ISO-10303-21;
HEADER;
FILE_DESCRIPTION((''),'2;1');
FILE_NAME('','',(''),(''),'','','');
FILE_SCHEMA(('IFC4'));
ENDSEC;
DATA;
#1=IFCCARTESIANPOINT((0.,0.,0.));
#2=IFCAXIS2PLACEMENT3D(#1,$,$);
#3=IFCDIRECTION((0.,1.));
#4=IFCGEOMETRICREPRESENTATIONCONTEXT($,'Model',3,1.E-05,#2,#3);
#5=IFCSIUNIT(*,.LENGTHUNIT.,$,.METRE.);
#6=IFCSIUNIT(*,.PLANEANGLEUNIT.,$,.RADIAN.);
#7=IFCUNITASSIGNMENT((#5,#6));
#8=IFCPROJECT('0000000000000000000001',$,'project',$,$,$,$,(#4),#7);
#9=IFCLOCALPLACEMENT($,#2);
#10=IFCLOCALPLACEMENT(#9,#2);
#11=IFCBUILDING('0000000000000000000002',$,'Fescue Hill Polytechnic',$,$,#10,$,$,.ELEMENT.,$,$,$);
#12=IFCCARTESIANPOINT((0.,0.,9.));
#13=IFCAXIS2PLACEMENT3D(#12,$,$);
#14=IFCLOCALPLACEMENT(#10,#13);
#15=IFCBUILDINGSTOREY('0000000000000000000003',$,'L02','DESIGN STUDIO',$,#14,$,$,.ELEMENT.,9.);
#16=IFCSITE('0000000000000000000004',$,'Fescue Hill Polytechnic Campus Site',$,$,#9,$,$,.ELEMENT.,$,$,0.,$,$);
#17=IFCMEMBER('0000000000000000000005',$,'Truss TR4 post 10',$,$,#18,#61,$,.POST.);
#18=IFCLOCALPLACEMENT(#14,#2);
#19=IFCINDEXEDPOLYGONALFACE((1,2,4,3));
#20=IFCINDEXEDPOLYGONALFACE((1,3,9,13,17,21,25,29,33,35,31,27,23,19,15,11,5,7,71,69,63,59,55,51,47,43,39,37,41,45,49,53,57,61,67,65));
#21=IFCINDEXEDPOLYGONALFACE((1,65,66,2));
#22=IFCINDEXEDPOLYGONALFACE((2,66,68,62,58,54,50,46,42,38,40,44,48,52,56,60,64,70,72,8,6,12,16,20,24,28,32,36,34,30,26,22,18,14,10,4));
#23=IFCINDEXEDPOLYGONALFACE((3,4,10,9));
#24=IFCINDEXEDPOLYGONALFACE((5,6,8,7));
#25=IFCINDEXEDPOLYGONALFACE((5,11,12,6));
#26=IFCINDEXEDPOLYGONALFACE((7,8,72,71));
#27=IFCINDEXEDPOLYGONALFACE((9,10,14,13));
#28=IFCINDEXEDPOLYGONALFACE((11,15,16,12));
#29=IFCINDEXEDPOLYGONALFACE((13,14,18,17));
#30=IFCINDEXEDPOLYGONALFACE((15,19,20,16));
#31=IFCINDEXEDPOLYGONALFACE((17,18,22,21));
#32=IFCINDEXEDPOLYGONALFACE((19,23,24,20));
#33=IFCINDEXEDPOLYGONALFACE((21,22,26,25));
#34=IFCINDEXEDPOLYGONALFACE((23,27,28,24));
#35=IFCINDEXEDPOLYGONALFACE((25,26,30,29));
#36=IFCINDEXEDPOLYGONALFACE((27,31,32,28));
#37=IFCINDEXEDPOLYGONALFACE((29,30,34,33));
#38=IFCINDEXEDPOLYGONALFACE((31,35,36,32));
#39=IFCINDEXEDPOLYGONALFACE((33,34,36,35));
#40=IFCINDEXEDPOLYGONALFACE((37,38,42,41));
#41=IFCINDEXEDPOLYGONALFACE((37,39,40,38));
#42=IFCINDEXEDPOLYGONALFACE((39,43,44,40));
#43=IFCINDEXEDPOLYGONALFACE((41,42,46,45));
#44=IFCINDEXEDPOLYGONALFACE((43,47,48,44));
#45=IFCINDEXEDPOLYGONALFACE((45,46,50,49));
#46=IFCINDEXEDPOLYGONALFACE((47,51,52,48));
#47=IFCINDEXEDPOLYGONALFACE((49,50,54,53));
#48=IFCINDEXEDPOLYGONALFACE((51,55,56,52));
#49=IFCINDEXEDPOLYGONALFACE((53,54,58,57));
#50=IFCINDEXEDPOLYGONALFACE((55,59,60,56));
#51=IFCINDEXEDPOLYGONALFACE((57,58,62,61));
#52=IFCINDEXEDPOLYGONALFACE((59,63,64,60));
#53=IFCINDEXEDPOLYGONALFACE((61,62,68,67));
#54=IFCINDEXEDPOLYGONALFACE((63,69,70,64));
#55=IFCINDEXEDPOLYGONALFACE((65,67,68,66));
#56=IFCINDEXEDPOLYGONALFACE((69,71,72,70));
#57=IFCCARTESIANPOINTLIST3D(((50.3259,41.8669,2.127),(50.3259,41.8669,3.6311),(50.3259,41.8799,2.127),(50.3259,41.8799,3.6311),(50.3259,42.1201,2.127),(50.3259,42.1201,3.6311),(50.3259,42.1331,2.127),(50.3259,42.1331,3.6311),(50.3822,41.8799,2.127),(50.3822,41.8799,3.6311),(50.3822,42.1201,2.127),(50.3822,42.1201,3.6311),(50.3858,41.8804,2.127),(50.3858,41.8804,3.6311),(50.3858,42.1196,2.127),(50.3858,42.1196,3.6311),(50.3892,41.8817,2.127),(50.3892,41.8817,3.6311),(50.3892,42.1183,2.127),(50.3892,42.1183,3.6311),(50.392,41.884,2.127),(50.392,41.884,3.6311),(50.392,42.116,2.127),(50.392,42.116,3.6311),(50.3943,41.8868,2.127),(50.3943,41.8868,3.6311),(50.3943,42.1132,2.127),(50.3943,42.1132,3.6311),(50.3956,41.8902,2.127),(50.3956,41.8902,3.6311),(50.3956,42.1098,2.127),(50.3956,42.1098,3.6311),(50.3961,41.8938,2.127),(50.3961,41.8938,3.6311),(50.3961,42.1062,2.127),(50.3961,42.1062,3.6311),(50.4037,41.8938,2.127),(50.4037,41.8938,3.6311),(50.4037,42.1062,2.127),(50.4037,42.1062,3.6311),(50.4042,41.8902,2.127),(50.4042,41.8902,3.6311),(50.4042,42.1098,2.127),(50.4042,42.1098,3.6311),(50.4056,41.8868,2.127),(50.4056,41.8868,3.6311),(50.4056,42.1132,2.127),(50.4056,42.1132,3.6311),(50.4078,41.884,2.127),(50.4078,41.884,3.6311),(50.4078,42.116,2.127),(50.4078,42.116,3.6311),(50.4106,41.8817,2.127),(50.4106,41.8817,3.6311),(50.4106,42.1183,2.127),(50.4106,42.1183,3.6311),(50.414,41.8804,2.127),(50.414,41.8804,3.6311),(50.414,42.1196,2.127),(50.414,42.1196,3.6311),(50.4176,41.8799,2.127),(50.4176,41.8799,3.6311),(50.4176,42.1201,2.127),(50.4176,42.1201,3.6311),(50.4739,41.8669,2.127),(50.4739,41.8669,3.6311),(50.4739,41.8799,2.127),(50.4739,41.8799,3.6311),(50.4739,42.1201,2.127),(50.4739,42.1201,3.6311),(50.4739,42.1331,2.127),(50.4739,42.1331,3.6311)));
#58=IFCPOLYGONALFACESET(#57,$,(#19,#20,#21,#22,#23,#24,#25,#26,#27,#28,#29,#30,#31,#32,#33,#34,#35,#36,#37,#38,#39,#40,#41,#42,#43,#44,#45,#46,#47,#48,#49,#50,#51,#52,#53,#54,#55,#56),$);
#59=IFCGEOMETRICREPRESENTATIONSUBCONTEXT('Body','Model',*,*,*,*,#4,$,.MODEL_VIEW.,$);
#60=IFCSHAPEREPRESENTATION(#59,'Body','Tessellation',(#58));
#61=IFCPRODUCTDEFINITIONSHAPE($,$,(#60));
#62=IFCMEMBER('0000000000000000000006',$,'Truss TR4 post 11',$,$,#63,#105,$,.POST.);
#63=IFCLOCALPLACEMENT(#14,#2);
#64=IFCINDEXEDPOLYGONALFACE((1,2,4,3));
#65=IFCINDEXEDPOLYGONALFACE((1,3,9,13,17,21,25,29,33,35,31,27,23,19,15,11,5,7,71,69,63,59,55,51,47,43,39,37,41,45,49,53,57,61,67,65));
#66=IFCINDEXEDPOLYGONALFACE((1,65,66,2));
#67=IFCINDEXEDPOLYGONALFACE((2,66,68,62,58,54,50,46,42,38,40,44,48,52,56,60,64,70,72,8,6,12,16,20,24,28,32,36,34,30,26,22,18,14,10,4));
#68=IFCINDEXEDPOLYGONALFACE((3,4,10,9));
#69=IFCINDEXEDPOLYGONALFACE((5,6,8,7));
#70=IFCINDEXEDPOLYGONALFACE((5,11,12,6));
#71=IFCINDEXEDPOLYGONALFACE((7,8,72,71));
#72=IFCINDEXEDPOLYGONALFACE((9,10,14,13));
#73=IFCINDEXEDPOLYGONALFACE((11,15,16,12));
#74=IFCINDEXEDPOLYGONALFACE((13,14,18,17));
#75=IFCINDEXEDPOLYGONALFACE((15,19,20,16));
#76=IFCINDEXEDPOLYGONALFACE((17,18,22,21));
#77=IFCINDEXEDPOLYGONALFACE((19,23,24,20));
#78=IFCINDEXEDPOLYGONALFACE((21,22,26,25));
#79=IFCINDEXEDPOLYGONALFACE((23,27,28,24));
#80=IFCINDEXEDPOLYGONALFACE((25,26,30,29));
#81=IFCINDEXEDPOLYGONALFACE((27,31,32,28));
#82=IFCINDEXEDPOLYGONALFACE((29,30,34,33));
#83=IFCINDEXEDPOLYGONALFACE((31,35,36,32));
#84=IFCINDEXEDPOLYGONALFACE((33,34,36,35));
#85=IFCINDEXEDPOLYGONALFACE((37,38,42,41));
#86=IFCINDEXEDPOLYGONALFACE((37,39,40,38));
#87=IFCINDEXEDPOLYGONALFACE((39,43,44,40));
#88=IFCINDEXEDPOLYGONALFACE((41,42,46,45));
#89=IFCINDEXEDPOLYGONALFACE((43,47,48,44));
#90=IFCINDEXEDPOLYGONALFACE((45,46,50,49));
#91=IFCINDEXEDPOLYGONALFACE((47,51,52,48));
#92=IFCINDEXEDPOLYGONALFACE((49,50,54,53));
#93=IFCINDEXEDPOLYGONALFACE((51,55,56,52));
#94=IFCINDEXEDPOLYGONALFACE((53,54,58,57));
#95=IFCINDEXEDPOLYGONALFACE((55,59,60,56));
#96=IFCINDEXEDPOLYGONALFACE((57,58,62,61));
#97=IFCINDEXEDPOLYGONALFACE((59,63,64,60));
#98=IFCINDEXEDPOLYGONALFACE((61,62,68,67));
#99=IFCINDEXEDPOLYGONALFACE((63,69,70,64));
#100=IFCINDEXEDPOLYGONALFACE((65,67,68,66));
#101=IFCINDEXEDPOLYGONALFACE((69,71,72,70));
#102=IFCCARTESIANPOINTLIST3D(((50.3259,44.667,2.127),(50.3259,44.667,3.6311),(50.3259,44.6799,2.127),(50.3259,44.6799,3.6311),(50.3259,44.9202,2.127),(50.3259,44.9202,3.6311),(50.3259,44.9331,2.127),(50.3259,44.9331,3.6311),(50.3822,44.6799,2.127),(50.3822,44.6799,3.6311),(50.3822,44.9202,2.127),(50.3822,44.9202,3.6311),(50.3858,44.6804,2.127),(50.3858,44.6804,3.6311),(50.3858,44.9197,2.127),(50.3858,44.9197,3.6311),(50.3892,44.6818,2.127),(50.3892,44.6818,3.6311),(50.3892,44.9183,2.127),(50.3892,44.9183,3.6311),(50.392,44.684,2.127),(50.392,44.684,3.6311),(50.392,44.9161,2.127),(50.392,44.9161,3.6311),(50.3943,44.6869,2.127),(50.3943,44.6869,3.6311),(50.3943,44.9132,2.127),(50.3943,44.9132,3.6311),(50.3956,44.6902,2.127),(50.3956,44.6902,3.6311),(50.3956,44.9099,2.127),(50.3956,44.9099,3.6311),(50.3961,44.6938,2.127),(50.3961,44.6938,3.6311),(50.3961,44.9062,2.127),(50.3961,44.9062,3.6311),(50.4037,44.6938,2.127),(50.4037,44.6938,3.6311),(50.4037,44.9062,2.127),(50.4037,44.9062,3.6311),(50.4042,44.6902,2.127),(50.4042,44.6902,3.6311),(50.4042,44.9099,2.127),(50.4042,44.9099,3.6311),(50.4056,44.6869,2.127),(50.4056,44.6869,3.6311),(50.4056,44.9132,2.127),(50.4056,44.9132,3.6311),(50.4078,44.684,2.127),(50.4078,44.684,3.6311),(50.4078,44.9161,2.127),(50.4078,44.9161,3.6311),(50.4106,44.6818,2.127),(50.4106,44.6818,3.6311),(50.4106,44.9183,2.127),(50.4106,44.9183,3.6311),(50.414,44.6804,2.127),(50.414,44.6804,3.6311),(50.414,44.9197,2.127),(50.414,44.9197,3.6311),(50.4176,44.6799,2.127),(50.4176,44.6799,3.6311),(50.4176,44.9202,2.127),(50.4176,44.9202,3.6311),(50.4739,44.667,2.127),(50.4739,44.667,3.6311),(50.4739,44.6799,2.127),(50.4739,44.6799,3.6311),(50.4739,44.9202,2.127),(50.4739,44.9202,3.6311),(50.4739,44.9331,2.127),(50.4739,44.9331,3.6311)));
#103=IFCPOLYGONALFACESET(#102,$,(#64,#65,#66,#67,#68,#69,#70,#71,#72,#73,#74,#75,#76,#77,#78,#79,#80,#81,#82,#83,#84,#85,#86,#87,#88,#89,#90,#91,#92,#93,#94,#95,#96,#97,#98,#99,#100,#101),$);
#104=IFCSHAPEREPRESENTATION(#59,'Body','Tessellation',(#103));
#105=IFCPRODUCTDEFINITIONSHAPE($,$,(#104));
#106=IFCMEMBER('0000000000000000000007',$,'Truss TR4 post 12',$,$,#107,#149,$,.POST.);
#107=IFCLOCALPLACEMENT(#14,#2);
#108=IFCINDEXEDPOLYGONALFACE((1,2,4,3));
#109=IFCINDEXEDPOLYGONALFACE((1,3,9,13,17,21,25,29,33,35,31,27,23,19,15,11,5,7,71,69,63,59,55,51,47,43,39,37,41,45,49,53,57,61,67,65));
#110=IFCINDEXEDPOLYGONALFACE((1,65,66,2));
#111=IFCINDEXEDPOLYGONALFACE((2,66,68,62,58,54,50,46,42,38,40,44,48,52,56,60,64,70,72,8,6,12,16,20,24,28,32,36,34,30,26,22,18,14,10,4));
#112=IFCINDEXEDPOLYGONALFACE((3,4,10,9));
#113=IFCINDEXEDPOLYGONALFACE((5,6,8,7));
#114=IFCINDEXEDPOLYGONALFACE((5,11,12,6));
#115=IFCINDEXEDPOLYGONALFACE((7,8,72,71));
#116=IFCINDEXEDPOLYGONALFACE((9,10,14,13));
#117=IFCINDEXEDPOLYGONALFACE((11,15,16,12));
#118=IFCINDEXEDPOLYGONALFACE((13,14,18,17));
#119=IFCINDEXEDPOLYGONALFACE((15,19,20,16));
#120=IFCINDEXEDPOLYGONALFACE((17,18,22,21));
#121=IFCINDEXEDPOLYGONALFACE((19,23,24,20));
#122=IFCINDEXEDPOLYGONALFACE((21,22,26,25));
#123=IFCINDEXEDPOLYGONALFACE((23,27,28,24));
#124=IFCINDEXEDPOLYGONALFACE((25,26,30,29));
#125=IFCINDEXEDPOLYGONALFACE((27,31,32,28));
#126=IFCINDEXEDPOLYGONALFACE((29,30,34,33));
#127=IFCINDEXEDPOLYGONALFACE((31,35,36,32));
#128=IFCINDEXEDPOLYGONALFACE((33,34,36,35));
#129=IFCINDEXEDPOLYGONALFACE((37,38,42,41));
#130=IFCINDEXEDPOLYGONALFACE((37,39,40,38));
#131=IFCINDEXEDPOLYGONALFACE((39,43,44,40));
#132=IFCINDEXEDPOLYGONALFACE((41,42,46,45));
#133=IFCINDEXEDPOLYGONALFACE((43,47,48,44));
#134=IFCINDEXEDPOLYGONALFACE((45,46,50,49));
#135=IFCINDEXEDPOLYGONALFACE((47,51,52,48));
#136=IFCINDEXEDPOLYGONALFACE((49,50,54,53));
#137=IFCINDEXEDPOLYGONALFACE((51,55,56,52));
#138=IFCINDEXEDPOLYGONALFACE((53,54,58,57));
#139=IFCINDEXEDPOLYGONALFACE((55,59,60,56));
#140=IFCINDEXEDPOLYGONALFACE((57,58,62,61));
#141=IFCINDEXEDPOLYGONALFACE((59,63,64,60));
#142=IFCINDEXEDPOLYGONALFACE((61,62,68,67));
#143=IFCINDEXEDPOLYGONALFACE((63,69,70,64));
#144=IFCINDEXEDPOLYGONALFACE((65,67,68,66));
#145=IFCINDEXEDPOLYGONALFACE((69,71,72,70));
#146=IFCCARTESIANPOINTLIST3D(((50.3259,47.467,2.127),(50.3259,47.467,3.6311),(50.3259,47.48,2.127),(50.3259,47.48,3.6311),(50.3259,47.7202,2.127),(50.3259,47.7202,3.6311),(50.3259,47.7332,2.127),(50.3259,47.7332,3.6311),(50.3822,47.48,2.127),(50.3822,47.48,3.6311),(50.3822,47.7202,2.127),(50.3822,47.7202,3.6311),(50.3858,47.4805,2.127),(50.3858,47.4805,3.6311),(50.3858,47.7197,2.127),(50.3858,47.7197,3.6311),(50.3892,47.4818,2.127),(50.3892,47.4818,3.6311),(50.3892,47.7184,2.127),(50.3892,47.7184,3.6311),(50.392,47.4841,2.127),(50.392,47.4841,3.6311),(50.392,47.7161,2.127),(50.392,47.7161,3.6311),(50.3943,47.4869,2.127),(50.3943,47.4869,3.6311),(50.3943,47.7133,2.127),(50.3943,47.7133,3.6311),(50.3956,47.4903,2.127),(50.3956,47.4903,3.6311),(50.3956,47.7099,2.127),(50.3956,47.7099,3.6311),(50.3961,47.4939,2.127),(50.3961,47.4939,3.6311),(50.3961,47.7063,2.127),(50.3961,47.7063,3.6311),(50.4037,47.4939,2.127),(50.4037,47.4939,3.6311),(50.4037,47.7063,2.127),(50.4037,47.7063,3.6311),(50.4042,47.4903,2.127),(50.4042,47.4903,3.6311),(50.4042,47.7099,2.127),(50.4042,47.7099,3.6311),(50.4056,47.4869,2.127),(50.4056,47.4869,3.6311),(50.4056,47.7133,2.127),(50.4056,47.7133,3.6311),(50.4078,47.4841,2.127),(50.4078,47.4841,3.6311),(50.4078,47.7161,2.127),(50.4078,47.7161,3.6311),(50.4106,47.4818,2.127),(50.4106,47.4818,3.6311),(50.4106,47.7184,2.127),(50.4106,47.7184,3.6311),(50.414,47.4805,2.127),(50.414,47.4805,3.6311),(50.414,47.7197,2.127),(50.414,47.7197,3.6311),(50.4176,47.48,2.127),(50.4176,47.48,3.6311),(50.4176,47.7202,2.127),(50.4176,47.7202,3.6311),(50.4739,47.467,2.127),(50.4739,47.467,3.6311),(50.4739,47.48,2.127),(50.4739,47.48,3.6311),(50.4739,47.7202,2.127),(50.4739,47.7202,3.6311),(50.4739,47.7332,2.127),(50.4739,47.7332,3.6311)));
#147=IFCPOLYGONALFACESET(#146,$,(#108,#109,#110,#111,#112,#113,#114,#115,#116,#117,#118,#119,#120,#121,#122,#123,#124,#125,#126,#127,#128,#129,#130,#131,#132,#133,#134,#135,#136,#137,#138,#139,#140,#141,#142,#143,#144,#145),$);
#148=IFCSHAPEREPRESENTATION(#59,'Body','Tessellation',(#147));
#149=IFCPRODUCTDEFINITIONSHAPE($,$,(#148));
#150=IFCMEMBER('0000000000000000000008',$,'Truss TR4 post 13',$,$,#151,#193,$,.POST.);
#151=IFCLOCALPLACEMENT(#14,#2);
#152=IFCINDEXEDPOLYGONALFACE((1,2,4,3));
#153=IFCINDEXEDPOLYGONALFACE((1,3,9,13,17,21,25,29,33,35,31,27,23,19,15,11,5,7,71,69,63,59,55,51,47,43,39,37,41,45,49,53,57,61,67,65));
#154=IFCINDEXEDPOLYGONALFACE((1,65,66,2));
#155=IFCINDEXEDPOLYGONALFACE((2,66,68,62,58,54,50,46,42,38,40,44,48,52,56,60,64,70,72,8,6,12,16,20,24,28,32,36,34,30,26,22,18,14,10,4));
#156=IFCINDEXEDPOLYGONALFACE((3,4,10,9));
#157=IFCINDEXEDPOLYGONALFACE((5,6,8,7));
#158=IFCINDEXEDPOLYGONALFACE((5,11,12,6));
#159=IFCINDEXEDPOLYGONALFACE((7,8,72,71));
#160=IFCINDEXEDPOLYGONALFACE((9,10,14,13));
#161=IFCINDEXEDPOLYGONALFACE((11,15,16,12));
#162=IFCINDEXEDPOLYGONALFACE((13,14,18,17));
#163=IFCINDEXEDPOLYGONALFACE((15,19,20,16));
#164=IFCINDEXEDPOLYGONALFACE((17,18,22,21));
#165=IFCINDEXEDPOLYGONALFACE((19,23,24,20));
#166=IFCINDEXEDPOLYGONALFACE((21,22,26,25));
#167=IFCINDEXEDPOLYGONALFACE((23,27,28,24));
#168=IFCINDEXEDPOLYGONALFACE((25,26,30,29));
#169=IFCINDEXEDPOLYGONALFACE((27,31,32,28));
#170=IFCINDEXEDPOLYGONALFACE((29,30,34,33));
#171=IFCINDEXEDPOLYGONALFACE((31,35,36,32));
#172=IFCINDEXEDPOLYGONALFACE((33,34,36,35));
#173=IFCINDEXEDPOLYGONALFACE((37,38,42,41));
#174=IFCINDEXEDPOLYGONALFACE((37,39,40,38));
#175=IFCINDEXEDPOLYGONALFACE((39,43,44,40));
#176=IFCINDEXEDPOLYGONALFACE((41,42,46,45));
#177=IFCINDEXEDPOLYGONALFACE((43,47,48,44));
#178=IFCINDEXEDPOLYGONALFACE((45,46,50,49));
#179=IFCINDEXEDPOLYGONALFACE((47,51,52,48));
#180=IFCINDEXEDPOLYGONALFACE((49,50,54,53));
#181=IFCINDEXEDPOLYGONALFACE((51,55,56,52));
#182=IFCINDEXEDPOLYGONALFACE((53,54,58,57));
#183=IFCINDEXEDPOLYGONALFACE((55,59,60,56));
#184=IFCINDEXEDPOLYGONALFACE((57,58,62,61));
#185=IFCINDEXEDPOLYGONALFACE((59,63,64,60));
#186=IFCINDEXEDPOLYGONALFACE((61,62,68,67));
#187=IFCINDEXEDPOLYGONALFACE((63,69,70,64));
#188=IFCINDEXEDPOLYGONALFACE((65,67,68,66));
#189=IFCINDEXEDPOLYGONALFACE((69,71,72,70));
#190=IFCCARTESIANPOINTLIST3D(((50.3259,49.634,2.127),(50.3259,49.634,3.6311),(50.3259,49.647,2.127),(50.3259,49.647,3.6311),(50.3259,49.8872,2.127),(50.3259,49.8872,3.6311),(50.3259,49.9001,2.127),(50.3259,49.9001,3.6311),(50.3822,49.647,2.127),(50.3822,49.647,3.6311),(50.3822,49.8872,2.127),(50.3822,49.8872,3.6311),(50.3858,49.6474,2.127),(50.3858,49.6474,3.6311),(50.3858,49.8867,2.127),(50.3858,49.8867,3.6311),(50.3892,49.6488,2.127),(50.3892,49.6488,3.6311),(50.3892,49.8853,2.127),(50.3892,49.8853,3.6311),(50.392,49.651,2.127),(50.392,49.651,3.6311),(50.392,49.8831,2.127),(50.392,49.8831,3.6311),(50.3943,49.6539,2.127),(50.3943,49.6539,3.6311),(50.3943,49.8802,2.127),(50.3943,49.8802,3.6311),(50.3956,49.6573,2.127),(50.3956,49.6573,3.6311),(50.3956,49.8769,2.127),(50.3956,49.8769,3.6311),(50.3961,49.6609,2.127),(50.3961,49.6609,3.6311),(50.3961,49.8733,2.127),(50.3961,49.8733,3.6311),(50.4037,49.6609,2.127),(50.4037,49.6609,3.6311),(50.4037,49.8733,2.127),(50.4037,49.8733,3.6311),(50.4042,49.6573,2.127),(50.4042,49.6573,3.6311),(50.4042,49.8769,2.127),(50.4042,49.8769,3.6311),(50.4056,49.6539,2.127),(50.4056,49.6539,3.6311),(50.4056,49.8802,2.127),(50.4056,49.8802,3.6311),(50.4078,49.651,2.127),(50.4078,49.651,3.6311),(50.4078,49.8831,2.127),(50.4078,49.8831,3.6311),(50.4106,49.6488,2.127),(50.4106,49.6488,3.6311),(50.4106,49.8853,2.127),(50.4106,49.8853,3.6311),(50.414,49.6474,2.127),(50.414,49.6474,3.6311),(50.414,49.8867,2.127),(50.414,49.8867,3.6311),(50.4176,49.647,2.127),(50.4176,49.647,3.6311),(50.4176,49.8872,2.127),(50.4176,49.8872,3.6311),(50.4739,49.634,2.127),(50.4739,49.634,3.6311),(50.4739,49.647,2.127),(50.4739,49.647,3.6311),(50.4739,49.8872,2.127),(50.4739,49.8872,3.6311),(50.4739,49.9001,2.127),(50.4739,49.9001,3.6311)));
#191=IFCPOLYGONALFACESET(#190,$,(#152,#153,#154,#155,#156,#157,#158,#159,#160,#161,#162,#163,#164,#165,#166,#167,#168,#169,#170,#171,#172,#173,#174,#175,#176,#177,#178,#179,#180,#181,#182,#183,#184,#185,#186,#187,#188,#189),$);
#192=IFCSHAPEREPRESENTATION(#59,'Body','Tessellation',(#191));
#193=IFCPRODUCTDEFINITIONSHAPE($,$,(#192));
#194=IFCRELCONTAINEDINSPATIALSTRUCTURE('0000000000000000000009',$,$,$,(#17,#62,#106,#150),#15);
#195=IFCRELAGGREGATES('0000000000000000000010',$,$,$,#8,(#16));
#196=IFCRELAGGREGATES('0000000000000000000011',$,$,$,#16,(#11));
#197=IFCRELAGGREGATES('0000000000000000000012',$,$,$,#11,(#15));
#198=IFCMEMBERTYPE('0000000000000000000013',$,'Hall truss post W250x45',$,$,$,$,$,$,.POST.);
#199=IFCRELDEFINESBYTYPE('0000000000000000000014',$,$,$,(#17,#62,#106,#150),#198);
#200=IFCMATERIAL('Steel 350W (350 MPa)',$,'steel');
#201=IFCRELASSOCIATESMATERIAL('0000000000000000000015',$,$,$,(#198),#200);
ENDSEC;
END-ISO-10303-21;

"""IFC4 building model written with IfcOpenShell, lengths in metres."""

from ifc_helpers import new_model, si_unit, direction, frame, origin, origin_2d, place, context, subcontext, project, spatial, i_section, extrude, material, material_profile, profile_set, type_object, element, save


model = new_model("IFC4")

# Units and contexts
model_context = context("Model", 3, precision=1e-05, world=origin(), true_north=direction((0.0, 1.0)))
body_context = subcontext(model_context, "Body", "Model", "MODEL_VIEW")
ifc_project = project(units=[si_unit("LENGTHUNIT", "METRE"), si_unit("PLANEANGLEUNIT", "RADIAN")], contexts=[model_context])

# Site, building, storey
site_placement = place(None, origin())
site = spatial("IfcSite", under=ifc_project, at=site_placement, Name="Fescue Hill Polytechnic Campus Site", CompositionType="ELEMENT", RefElevation=0.0)
building_placement = place(site_placement, origin())
building = spatial("IfcBuilding", under=site, at=building_placement, Name="Fescue Hill Polytechnic", CompositionType="ELEMENT")
storey_placement = place(building_placement, frame((0.0, 0.0, 9.0)))
storey = spatial("IfcBuildingStorey", under=building, at=storey_placement, Name="L02", Description="DESIGN STUDIO", CompositionType="ELEMENT", Elevation=9.0)

# Members
ifc_material = material(Name="Steel 350W (350 MPa)", Category="steel")
ifc_material_profile_1 = material_profile(ifc_material, i_section(OverallWidth=0.1479, OverallDepth=0.2661, WebThickness=0.0076, FlangeThickness=0.0129, FilletRadius=0.0139, at=origin_2d()), Name="W250x45")
ifc_profile_set_1 = profile_set([ifc_material_profile_1], Name="Steel 350W (350 MPa)")
member_type_1 = type_object("IfcMemberType", Name="Hall truss post W250x45", PredefinedType="POST", material=ifc_profile_set_1)
for number, where, z_axis, x_axis, name in (
    (1, (50.3999, 42.0, 2.127), (0.0, 0.0, 1.0), (1.0, 0.0, 0.0), "Truss TR4 post 10"),
    (2, (50.3999, 44.8, 2.127), (0.0, 0.0, 1.0), (1.0, 0.0, 0.0), "Truss TR4 post 11"),
    (3, (50.3999, 47.6001, 2.127), (0.0, 0.0, 1.0), (1.0, 0.0, 0.0), "Truss TR4 post 12"),
    (4, (50.3999, 49.7671, 2.127), (0.0, 0.0, 1.0), (1.0, 0.0, 0.0), "Truss TR4 post 13"),
):
    element("IfcMember", number, at=place(storey_placement, frame(where, z_axis=z_axis, x_axis=x_axis)), inside=storey, type_object=member_type_1, Name=name, PredefinedType="POST", context=body_context, shape_type="SweptSolid", body=[
        extrude(i_section(OverallWidth=0.1479, OverallDepth=0.2661, WebThickness=0.0076, FlangeThickness=0.0129, FilletRadius=0.0139, at=origin_2d()), origin(), (0.0, 0.0, 1.0), 1.5042),
    ])

save(model, "model.ifc")
